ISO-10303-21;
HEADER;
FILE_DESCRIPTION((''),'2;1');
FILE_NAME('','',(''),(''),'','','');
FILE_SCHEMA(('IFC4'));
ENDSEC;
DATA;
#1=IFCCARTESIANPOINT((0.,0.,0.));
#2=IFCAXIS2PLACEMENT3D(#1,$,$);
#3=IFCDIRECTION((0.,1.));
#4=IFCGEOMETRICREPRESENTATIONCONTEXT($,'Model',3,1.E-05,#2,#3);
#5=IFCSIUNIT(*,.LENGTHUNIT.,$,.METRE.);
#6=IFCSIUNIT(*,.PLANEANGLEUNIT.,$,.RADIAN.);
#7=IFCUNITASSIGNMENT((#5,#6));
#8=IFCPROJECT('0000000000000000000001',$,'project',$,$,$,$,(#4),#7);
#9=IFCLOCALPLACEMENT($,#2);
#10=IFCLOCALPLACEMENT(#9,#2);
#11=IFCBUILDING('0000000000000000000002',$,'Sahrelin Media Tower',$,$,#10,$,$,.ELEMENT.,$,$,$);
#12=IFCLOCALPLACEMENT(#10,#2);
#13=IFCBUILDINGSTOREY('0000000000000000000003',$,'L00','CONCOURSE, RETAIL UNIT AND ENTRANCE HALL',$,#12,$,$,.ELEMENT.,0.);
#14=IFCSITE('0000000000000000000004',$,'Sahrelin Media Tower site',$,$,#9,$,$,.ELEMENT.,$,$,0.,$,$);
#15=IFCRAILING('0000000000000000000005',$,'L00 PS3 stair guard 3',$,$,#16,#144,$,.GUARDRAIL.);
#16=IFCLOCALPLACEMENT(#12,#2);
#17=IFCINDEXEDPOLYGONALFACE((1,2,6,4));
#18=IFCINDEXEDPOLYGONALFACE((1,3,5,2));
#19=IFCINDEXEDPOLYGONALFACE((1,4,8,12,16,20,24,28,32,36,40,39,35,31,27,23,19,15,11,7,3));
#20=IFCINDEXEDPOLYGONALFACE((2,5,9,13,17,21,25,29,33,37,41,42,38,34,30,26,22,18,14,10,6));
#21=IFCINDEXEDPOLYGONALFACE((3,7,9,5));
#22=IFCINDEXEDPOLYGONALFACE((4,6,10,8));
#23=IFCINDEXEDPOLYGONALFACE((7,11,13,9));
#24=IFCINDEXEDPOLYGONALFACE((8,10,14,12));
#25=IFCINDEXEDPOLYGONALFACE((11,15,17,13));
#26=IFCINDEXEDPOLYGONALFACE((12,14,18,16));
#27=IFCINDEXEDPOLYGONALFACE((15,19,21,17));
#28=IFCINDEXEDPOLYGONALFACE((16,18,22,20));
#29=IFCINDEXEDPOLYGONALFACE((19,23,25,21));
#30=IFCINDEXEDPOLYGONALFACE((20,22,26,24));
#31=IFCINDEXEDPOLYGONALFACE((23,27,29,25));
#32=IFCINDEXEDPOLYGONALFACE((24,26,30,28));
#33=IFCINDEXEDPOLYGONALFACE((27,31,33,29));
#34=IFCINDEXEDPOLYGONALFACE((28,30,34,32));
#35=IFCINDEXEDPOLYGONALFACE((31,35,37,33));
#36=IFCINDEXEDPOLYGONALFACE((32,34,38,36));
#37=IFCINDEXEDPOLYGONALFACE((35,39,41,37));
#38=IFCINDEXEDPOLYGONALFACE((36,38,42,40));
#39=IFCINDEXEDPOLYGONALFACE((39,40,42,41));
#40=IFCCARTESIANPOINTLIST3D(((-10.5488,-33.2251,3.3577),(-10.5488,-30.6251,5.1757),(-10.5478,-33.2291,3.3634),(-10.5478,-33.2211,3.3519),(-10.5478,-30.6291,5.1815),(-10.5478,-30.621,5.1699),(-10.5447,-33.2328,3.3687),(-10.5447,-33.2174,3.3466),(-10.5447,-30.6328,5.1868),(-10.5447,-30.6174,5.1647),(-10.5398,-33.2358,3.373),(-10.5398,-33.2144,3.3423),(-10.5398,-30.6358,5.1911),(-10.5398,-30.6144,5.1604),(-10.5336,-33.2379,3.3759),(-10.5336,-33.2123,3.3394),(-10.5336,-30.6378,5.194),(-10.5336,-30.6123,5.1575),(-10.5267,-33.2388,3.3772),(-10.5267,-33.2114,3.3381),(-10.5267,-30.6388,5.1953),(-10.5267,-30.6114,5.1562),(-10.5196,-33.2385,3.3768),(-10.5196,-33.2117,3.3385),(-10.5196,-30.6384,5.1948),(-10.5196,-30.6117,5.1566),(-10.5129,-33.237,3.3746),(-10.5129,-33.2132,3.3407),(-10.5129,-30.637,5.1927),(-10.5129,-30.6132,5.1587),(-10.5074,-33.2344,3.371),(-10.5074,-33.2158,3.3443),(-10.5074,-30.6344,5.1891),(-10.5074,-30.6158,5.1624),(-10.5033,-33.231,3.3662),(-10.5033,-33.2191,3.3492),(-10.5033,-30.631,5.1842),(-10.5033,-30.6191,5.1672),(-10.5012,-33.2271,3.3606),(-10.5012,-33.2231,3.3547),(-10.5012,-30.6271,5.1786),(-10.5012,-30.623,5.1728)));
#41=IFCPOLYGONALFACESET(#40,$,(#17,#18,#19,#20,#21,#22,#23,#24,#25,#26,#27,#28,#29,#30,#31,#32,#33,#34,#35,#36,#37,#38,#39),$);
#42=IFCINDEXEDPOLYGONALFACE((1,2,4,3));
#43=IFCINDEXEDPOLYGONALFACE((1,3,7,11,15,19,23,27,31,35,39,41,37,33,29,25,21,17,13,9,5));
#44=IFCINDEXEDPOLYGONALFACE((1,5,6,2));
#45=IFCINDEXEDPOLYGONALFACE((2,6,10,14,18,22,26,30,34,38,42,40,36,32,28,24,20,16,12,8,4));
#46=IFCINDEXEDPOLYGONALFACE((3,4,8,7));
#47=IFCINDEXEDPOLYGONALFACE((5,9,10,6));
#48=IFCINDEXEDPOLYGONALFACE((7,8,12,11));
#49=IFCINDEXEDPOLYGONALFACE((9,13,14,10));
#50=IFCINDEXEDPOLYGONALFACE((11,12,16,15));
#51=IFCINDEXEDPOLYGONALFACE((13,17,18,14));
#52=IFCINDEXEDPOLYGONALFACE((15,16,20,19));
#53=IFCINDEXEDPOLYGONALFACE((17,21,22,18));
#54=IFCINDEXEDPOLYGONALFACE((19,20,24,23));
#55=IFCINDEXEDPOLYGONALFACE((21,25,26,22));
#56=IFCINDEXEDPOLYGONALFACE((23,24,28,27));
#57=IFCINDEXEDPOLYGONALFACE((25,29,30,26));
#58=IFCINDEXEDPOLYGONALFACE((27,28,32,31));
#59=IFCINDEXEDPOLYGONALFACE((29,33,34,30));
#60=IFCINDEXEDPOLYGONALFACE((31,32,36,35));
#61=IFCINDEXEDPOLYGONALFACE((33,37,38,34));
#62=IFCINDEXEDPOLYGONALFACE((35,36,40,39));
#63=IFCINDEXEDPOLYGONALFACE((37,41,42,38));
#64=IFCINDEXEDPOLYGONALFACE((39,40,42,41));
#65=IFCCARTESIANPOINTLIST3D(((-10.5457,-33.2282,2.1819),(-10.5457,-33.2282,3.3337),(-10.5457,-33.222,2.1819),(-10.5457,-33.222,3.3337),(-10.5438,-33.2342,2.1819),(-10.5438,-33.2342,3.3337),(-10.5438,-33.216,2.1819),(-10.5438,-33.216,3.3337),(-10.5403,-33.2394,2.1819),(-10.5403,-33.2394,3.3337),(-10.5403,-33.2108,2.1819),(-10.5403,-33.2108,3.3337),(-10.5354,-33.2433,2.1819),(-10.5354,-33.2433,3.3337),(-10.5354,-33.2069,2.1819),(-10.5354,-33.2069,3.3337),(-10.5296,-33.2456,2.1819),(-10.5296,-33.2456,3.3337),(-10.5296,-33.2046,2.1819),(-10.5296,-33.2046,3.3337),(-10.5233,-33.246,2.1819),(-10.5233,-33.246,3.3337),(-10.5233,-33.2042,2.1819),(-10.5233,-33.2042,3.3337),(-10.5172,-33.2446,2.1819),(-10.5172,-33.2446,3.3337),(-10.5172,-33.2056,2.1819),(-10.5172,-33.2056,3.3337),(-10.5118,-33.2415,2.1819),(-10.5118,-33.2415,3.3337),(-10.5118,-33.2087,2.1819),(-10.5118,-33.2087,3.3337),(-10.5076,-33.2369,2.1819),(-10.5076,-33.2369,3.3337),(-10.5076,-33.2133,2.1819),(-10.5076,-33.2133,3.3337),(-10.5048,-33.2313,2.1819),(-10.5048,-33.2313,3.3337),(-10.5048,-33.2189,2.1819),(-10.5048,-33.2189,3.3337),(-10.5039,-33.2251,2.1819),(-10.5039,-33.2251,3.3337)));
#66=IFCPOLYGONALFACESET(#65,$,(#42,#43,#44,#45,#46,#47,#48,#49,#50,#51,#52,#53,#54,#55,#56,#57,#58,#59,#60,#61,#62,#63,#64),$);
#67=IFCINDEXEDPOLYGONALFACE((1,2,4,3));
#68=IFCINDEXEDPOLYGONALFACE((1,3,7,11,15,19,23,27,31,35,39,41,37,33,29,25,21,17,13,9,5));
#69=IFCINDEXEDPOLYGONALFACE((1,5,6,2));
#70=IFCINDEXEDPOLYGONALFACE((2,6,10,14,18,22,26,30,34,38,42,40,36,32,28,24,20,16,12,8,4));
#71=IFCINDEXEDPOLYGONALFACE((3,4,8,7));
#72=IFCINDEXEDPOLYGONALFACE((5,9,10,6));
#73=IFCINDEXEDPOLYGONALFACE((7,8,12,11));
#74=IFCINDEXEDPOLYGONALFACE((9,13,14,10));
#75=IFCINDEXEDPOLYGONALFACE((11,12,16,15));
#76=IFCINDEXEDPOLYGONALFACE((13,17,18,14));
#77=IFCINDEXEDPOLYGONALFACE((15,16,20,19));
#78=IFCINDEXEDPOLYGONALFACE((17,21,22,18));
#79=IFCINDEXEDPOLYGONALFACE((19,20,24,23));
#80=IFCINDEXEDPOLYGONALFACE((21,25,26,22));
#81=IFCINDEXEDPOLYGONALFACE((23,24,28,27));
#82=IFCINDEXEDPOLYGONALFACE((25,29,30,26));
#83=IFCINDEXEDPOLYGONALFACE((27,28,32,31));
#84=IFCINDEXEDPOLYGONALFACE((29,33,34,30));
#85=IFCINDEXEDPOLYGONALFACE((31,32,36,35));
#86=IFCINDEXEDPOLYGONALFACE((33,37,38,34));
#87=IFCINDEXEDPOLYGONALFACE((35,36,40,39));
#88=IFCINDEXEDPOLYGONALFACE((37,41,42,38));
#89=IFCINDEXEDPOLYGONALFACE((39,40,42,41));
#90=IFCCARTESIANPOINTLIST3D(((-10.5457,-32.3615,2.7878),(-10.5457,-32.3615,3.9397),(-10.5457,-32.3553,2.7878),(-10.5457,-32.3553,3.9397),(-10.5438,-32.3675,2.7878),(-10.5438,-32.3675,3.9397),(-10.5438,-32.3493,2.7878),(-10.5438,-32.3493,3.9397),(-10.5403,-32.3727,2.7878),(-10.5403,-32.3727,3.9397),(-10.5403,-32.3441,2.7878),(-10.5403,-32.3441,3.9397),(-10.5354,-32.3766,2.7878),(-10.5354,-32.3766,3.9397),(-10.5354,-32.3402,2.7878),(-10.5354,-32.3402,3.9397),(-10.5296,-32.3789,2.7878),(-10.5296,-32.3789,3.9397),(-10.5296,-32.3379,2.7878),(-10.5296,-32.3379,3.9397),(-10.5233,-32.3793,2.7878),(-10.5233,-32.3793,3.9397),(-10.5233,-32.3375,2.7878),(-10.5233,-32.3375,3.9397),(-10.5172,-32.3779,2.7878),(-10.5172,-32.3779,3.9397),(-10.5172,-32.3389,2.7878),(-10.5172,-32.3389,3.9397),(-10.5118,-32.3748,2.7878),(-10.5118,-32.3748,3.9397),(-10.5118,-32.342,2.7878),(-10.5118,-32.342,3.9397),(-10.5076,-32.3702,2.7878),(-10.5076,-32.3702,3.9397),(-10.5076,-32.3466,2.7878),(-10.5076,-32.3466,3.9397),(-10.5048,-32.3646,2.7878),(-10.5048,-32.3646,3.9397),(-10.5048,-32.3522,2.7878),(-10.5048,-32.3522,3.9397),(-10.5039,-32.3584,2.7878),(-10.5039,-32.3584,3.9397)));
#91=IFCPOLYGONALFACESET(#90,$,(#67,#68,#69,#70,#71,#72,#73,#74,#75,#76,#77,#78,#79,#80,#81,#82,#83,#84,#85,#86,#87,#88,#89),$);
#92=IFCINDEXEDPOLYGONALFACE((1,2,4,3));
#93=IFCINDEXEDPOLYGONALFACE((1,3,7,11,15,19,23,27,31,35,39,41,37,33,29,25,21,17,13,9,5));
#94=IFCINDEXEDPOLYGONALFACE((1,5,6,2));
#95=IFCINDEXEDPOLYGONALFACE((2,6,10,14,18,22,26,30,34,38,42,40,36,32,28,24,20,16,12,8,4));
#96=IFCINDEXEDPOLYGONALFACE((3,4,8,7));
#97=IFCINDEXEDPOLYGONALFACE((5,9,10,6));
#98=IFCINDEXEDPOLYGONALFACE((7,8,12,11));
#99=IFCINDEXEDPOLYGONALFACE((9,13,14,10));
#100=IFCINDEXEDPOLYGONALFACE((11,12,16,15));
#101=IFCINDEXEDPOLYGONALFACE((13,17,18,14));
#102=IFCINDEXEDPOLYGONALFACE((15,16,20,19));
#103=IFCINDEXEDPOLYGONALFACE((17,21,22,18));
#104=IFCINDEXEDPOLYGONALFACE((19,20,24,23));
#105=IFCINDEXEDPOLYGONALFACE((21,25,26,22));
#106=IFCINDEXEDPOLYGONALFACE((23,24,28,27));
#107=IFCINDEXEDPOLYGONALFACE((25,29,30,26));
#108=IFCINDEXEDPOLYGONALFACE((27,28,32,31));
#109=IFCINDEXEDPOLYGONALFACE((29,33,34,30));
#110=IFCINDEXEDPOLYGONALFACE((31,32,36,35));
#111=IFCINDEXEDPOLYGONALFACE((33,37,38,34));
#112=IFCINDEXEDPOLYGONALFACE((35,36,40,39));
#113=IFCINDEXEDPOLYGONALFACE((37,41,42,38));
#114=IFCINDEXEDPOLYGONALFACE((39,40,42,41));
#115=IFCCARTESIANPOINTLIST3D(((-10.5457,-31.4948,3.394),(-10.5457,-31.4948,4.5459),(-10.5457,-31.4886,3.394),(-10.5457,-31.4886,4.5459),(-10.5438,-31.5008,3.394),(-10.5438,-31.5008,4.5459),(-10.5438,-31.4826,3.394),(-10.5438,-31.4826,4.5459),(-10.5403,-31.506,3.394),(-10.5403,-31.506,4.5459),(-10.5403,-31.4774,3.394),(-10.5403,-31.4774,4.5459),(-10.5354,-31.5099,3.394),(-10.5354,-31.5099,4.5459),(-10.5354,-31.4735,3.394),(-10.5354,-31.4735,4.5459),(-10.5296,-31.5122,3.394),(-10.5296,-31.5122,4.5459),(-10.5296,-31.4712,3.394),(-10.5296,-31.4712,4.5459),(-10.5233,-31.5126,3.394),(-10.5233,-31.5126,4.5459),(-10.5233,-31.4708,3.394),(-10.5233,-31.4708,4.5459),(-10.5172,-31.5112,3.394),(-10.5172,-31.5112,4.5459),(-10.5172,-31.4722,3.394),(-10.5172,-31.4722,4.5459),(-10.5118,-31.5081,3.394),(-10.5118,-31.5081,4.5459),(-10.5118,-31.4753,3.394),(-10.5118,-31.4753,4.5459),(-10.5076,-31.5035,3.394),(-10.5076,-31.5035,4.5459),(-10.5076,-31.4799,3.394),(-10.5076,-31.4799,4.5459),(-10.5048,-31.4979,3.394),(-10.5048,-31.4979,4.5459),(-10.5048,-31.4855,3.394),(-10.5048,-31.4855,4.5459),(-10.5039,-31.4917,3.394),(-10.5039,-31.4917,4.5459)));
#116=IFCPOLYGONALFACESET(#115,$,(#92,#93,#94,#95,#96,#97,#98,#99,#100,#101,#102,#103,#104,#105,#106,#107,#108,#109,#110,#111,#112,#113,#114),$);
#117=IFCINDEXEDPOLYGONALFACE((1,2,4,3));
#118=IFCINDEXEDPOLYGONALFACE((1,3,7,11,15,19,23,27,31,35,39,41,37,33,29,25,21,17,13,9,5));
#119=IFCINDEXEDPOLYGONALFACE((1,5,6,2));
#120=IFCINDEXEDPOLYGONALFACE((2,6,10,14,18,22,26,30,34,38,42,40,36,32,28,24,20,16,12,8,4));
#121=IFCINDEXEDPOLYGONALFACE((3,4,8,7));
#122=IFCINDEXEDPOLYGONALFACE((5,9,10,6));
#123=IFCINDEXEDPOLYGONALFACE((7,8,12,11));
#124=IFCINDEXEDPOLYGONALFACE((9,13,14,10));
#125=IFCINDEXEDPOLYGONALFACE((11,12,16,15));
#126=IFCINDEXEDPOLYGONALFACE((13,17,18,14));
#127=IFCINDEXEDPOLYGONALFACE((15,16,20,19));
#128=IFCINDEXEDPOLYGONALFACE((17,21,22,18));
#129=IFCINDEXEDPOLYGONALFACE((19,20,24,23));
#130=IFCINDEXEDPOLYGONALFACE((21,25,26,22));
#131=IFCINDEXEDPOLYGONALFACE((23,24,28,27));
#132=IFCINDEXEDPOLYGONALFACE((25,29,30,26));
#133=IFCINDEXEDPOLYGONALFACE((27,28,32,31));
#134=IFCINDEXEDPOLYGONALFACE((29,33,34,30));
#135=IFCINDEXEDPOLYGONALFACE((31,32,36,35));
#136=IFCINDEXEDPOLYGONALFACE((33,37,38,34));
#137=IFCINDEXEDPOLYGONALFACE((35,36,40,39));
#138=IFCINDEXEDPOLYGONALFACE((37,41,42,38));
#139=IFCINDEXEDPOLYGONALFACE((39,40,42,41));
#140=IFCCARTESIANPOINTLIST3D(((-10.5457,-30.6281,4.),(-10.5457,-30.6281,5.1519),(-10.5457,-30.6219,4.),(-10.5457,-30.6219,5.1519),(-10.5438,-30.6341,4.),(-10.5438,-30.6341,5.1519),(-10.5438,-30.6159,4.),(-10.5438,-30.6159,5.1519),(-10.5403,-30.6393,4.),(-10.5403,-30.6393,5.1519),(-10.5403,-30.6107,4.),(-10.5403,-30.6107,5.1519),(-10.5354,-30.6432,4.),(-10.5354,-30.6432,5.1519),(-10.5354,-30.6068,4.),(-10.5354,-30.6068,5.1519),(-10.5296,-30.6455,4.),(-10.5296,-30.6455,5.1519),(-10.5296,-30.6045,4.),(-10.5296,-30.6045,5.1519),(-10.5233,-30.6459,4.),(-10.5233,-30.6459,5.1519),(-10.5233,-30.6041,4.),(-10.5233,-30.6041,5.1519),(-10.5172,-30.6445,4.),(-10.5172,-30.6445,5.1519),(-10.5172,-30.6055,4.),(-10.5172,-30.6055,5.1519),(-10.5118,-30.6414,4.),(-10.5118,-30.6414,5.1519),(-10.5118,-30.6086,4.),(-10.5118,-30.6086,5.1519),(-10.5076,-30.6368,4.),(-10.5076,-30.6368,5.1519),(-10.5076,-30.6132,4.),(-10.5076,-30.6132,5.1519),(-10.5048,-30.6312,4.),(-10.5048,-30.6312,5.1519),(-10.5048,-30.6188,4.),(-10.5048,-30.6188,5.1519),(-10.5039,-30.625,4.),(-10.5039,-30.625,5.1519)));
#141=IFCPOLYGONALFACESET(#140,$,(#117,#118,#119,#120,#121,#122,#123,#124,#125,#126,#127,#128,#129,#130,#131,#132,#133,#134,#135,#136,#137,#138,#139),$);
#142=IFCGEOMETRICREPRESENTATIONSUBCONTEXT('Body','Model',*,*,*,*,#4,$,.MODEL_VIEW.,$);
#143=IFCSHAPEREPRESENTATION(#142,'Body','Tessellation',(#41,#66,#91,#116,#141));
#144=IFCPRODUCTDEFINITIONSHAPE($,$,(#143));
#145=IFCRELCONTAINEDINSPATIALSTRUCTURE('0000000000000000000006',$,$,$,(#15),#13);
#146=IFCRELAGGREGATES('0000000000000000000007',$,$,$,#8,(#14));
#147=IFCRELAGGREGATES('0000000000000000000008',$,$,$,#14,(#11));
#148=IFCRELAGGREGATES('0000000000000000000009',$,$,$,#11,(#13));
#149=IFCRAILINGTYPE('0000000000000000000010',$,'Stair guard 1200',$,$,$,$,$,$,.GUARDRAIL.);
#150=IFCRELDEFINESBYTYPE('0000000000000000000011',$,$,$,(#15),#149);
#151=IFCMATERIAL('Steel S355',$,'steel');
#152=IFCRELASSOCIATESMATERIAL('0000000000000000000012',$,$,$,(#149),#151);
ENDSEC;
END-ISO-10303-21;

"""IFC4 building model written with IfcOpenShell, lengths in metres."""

from ifc_helpers import new_model, si_unit, direction, frame, origin, origin_2d, place, context, subcontext, project, spatial, circle, extrude, material, type_object, element, save


model = new_model("IFC4")

# Units and contexts
model_context = context("Model", 3, precision=1e-05, world=origin(), true_north=direction((0.0, 1.0)))
body_context = subcontext(model_context, "Body", "Model", "MODEL_VIEW")
ifc_project = project(units=[si_unit("LENGTHUNIT", "METRE"), si_unit("PLANEANGLEUNIT", "RADIAN")], contexts=[model_context])

# Site, building, storey
site_placement = place(None, origin())
site = spatial("IfcSite", under=ifc_project, at=site_placement, Name="Sahrelin Media Tower site", CompositionType="ELEMENT", RefElevation=0.0)
building_placement = place(site_placement, origin())
building = spatial("IfcBuilding", under=site, at=building_placement, Name="Sahrelin Media Tower", CompositionType="ELEMENT")
storey_placement = place(building_placement, origin())
storey = spatial("IfcBuildingStorey", under=building, at=storey_placement, Name="L00", Description="CONCOURSE, RETAIL UNIT AND ENTRANCE HALL", CompositionType="ELEMENT", Elevation=0.0)

# Shared definitions
ifc_material_1 = material(Name="Steel S355", Category="steel")

# Railing
railing_type = type_object("IfcRailingType", Name="Stair guard 1200", PredefinedType="GUARDRAIL", material=ifc_material_1)
railing_1_placement = place(storey_placement, frame((-10.5249, -33.2251, 2.1819)))
element("IfcRailing", 1, at=railing_1_placement, inside=storey, type_object=railing_type, Name="L00 PS3 stair guard 3", PredefinedType="GUARDRAIL", context=body_context, shape_type="SweptSolid", body=[
    extrude(circle(Radius=0.0239, at=origin_2d()), frame((0.0, 0.0, 1.1758), z_axis=(0.0, 0.819521, 0.573049), x_axis=(-1.0, 0.0, 0.0)), (0.0, 0.0, 1.0), 3.1726),
    extrude(circle(Radius=0.021, at=origin_2d()), origin(), (0.0, 0.0, 1.0), 1.1519),
    extrude(circle(Radius=0.021, at=origin_2d()), frame((0.0, 0.8667, 0.606)), (0.0, 0.0, 1.0), 1.1519),
    extrude(circle(Radius=0.021, at=origin_2d()), frame((0.0, 1.7334, 1.2122)), (0.0, 0.0, 1.0), 1.1519),
    extrude(circle(Radius=0.021, at=origin_2d()), frame((0.0, 2.6001, 1.8181)), (0.0, 0.0, 1.0), 1.1519),
])

save(model, "model.ifc")
